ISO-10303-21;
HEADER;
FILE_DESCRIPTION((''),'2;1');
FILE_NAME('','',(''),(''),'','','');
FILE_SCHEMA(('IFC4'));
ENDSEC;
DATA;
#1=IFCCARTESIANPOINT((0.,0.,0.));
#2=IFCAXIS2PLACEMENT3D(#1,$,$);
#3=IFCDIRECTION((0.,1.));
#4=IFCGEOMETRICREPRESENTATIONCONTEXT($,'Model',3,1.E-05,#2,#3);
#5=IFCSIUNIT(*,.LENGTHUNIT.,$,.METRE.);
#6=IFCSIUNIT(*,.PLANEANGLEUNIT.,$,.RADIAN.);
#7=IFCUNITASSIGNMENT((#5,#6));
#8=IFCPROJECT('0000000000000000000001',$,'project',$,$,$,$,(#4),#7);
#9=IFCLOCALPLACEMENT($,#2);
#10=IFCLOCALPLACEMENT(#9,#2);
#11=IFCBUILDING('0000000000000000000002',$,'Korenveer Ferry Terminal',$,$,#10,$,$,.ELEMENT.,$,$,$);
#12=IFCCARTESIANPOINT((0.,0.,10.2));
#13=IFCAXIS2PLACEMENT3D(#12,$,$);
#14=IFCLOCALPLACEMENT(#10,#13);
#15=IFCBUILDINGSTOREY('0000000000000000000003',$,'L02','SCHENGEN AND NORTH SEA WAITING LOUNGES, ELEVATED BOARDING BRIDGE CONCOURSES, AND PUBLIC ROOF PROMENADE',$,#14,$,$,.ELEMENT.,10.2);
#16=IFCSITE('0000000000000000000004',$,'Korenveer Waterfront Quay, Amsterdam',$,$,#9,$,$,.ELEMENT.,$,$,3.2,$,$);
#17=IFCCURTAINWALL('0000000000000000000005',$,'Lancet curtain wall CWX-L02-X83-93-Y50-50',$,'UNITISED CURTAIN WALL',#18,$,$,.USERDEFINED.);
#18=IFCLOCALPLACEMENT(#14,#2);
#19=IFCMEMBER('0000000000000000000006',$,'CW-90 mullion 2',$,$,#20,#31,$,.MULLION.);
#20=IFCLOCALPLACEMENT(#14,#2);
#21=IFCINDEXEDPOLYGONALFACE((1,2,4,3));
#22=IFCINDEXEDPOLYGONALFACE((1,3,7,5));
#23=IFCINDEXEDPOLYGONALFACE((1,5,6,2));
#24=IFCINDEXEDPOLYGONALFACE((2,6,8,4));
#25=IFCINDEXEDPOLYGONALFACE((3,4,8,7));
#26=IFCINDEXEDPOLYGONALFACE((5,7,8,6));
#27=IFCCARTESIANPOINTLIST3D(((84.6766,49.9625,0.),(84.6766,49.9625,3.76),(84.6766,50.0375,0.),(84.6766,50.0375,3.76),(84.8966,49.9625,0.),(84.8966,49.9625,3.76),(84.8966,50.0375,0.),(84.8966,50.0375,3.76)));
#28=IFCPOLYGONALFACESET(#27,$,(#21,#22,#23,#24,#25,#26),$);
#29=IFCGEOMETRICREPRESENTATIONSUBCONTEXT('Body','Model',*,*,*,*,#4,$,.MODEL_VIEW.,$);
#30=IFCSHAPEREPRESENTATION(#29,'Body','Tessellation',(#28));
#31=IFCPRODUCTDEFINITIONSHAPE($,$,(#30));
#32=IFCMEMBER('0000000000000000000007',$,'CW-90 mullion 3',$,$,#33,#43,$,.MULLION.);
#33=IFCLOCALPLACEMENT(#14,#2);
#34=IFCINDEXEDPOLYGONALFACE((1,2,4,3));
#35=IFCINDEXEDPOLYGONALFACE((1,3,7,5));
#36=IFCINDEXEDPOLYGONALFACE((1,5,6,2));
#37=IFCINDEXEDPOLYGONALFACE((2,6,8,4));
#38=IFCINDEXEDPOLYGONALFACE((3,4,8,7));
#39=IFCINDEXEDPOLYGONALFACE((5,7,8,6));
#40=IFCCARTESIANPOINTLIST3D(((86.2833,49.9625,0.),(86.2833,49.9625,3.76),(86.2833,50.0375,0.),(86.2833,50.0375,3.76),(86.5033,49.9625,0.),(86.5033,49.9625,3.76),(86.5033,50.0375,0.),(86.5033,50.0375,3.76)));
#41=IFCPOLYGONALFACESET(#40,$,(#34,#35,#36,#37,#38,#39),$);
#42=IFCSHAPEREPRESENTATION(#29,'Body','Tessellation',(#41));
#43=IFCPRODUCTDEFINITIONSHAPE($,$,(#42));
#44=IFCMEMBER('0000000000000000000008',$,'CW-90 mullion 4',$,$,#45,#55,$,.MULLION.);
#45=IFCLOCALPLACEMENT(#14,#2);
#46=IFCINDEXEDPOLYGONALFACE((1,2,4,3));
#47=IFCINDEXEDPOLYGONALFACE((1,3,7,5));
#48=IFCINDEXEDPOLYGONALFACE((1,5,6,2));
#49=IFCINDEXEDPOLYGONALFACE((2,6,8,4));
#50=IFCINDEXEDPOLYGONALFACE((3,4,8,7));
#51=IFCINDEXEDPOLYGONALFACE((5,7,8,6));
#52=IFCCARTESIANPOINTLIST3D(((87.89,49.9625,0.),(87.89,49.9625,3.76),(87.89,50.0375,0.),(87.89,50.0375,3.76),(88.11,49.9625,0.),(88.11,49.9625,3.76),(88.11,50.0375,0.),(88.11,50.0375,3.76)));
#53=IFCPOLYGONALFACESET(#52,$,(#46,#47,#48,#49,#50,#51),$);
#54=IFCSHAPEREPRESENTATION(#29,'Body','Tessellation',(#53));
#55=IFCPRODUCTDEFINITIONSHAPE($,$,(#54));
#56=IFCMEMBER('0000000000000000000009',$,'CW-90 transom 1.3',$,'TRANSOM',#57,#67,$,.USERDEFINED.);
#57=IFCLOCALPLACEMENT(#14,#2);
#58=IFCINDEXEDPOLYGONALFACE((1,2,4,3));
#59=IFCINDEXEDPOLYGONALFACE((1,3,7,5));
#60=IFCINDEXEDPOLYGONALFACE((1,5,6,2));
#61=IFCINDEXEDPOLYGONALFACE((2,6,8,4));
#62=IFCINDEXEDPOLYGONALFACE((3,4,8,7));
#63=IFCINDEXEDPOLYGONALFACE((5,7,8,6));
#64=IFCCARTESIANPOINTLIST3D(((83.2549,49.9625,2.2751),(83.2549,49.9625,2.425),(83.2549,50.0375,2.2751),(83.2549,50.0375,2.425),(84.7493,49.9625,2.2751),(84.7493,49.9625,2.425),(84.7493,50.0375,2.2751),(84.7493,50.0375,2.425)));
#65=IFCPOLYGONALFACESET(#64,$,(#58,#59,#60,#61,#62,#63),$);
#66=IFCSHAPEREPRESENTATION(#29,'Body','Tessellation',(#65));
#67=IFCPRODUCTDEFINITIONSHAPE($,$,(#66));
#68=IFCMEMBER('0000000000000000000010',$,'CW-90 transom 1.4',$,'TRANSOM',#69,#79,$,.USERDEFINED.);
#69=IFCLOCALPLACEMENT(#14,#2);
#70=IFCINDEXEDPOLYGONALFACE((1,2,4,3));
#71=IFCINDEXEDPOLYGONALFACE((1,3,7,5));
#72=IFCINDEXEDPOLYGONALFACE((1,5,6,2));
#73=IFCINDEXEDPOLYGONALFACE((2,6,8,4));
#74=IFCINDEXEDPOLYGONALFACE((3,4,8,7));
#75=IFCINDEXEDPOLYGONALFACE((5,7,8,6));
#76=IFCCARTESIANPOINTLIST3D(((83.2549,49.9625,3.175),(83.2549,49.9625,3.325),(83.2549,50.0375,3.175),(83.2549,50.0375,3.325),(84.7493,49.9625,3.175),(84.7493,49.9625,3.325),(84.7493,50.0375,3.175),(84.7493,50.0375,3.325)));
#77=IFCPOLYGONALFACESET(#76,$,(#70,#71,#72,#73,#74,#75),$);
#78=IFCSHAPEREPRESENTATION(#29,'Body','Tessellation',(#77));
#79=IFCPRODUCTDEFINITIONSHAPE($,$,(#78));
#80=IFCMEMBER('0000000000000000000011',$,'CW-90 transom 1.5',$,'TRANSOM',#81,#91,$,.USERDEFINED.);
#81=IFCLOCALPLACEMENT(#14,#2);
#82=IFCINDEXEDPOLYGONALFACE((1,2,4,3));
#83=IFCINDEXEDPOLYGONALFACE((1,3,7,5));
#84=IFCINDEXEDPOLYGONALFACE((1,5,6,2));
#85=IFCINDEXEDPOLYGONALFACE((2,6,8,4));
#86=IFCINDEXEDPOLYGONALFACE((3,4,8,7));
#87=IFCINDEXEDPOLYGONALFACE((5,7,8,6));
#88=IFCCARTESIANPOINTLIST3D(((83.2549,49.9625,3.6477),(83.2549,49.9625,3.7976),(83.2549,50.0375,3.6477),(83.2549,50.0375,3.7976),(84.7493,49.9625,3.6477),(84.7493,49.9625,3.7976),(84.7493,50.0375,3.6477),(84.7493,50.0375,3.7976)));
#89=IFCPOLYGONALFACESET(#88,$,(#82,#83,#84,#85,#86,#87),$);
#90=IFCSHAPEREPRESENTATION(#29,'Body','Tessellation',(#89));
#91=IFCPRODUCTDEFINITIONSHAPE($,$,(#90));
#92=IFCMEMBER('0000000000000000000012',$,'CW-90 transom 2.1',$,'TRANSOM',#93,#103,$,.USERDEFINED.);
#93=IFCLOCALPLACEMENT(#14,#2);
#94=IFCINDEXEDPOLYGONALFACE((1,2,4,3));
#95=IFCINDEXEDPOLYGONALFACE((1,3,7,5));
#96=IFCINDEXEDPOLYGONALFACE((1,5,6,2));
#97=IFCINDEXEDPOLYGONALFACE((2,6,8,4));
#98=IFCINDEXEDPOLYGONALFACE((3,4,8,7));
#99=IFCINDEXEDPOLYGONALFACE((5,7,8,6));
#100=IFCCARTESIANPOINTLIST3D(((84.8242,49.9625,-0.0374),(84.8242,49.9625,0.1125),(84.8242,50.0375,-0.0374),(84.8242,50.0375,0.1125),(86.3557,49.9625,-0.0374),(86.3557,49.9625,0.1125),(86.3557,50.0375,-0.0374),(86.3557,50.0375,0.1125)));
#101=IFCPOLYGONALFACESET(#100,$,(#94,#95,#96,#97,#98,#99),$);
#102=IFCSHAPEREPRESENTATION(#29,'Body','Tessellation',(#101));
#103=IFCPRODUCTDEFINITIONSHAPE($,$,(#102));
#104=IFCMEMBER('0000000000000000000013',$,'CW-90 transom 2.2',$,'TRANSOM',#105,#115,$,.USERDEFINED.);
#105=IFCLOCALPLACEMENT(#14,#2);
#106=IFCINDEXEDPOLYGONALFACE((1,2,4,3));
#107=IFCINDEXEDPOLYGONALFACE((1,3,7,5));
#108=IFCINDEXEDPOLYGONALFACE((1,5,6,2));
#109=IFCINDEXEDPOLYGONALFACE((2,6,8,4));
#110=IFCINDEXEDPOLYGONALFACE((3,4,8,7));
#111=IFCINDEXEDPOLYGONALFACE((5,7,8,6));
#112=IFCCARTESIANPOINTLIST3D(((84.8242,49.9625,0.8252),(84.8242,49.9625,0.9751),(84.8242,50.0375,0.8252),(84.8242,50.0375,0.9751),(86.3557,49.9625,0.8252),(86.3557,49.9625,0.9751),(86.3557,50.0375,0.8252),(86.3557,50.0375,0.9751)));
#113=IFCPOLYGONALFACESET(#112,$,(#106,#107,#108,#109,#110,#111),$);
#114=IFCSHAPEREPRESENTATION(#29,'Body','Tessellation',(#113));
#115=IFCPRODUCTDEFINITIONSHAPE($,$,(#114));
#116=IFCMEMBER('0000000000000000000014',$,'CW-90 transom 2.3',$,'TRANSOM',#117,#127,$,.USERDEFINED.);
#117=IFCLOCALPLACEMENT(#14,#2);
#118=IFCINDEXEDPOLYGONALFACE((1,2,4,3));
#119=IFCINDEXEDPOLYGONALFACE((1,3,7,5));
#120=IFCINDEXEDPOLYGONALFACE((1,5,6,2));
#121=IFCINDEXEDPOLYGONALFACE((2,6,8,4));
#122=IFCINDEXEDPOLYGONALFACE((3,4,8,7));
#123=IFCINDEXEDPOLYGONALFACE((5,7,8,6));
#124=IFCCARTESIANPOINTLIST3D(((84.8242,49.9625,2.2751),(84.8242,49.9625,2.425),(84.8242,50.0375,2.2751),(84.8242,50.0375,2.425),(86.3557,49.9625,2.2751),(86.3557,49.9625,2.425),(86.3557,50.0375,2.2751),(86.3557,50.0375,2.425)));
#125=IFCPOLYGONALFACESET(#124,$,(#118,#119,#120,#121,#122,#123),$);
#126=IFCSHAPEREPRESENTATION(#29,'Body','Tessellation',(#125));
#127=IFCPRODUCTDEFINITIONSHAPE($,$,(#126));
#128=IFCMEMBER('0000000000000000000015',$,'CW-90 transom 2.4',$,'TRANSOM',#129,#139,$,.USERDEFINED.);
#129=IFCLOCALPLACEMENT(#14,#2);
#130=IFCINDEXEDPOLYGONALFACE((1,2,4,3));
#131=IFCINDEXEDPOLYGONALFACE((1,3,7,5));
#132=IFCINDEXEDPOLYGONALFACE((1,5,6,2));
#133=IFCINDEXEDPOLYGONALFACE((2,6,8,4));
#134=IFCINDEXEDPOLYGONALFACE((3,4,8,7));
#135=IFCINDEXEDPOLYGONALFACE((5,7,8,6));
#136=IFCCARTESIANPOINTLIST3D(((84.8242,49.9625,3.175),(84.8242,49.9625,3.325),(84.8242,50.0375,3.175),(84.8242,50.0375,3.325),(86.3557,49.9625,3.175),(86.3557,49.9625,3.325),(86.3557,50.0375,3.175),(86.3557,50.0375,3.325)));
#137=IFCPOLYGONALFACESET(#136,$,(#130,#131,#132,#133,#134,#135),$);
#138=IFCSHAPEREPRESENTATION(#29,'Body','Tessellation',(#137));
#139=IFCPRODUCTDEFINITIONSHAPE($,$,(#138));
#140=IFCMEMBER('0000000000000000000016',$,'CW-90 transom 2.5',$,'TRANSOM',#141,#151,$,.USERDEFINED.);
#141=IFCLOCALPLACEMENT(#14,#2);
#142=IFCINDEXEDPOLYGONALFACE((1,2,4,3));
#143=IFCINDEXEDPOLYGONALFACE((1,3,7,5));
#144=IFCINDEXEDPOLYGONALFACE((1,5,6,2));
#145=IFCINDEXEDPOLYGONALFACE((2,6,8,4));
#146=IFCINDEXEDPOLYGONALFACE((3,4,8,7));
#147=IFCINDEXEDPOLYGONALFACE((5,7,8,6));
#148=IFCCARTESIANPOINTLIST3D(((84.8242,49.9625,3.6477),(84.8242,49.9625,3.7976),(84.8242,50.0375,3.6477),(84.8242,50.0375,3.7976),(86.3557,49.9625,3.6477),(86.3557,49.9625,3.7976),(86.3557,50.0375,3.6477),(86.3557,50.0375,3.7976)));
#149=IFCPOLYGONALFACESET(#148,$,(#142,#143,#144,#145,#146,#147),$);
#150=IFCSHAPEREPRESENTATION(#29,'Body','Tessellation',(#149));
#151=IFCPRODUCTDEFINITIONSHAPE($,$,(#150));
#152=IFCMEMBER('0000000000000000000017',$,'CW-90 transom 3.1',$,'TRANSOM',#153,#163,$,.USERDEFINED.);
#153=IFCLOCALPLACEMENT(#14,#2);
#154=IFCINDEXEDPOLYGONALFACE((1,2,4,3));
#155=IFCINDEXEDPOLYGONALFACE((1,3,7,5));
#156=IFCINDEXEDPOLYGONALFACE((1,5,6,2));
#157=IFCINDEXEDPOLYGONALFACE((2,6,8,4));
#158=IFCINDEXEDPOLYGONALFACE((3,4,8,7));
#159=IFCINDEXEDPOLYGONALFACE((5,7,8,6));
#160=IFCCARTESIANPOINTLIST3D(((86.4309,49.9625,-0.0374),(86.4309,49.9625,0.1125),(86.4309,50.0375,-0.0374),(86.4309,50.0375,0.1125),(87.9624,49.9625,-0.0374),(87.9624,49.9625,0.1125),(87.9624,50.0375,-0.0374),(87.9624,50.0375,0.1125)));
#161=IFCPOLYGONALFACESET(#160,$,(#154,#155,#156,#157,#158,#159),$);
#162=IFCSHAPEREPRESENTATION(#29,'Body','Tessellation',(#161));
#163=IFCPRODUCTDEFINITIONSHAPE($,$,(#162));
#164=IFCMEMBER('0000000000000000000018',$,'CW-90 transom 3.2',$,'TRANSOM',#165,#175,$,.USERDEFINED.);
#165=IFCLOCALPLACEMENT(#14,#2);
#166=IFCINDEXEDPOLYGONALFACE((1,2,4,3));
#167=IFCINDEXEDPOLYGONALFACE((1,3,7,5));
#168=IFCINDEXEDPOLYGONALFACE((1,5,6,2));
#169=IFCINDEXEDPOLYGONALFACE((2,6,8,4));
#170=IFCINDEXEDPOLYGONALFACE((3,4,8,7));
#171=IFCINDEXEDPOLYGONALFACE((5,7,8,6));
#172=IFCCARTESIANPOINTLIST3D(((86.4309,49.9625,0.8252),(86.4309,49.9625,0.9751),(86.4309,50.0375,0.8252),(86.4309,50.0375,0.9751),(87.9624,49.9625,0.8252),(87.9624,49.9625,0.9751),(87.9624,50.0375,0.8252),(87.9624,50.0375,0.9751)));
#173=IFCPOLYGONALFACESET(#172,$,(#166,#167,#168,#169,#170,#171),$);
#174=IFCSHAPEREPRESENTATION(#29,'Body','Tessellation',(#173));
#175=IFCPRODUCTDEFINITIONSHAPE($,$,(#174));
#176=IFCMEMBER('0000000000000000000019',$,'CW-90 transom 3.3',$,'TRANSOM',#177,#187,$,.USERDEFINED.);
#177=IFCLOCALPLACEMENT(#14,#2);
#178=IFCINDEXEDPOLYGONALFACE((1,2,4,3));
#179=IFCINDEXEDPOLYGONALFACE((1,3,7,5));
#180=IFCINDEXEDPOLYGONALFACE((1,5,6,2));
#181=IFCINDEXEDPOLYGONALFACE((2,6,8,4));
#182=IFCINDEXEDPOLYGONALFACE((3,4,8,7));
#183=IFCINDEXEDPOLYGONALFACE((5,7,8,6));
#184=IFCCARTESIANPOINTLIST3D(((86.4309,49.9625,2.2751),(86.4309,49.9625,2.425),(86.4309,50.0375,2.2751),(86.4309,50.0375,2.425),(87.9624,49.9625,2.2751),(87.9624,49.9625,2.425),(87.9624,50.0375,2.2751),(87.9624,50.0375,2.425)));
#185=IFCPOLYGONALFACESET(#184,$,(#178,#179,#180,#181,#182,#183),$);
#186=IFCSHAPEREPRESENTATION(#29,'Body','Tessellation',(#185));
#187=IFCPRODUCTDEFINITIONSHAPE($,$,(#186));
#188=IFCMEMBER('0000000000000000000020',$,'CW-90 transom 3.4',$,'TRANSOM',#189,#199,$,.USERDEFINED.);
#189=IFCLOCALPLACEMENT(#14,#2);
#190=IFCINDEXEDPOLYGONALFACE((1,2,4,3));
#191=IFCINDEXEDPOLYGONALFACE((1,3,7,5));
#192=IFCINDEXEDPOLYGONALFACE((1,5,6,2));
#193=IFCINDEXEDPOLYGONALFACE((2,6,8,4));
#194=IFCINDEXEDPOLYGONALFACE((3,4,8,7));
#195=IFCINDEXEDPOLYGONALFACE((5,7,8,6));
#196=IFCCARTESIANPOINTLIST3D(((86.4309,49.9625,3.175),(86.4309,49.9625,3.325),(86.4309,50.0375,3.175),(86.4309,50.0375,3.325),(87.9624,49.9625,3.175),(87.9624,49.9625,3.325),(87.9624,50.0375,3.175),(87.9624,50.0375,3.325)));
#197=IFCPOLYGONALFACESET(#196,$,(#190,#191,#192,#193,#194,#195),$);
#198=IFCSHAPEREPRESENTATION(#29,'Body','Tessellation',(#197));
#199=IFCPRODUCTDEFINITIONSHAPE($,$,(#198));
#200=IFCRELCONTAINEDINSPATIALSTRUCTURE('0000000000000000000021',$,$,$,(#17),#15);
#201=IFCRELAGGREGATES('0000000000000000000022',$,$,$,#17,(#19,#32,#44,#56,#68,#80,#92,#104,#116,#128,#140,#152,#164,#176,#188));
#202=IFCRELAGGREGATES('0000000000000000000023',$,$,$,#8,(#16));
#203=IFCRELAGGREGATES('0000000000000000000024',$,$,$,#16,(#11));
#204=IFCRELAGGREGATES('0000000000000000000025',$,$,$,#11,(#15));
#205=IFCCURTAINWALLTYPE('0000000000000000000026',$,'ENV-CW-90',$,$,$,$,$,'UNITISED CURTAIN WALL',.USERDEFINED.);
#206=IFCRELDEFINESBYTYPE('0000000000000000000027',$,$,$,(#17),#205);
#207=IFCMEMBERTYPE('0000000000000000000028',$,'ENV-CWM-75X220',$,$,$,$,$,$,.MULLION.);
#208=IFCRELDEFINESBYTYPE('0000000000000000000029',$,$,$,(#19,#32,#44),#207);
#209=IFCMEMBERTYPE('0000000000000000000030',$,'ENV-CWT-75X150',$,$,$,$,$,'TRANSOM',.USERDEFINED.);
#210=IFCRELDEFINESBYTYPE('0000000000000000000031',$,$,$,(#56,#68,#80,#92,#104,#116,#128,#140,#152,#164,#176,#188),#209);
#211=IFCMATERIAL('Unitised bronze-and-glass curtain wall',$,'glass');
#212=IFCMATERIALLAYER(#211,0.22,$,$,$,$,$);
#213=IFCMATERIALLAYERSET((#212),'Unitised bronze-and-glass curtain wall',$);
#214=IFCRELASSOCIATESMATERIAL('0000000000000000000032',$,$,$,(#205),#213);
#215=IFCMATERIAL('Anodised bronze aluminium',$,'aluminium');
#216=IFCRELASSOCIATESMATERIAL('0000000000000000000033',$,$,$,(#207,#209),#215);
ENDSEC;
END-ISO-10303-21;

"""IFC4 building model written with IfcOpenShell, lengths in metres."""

from ifc_helpers import new_model, si_unit, direction, frame, origin, origin_2d, place, context, subcontext, project, spatial, rectangle, extrude, material, layer, layer_set, material_profile, profile_set, type_object, element, aggregate, save


model = new_model("IFC4")

# Units and contexts
model_context = context("Model", 3, precision=1e-05, world=origin(), true_north=direction((0.0, 1.0)))
body_context = subcontext(model_context, "Body", "Model", "MODEL_VIEW")
ifc_project = project(units=[si_unit("LENGTHUNIT", "METRE"), si_unit("PLANEANGLEUNIT", "RADIAN")], contexts=[model_context])

# Site, building, storey
site_placement = place(None, origin())
site = spatial("IfcSite", under=ifc_project, at=site_placement, Name="Korenveer Waterfront Quay, Amsterdam", CompositionType="ELEMENT", RefElevation=3.2)
building_placement = place(site_placement, origin())
building = spatial("IfcBuilding", under=site, at=building_placement, Name="Korenveer Ferry Terminal", CompositionType="ELEMENT")
storey_placement = place(building_placement, frame((0.0, 0.0, 10.2)))
storey = spatial("IfcBuildingStorey", under=building, at=storey_placement, Name="L02", Description="SCHENGEN AND NORTH SEA WAITING LOUNGES, ELEVATED BOARDING BRIDGE CONCOURSES, AND PUBLIC ROOF PROMENADE", CompositionType="ELEMENT", Elevation=10.2)

# Curtain wall, members
ifc_material_1 = material(Name="Unitised bronze-and-glass curtain wall", Category="glass")
ifc_layer_1 = layer(ifc_material_1, 0.22)
ifc_layer_set_1 = layer_set([ifc_layer_1], Name="Unitised bronze-and-glass curtain wall")
curtain_wall_type = type_object("IfcCurtainWallType", Name="ENV-CW-90", ElementType="UNITISED CURTAIN WALL", PredefinedType="USERDEFINED", material=ifc_layer_set_1)
curtain_wall_placement = place(storey_placement, frame((83.1799, 50.0, 0.0)))
curtain_wall = element("IfcCurtainWall", 1, at=curtain_wall_placement, inside=storey, type_object=curtain_wall_type, Name="Lancet curtain wall CWX-L02-X83-93-Y50-50", ObjectType="UNITISED CURTAIN WALL", PredefinedType="USERDEFINED")
ifc_material_2 = material(Name="Anodised bronze aluminium", Category="aluminium")
ifc_material_profile_1 = material_profile(ifc_material_2, rectangle(XDim=0.075, YDim=0.22, at=origin_2d()), Name="ALU 75x220")
ifc_profile_set_1 = profile_set([ifc_material_profile_1], Name="Anodised bronze aluminium")
member_type_1 = type_object("IfcMemberType", Name="ENV-CWM-75X220", PredefinedType="MULLION", material=ifc_profile_set_1)
member_1_placement = place(storey_placement, frame((84.7866, 50.0, 0.0), z_axis=(0.0, 0.0, 1.0), x_axis=(0.0, 1.0, 0.0)))
member_1 = element("IfcMember", 2, at=member_1_placement, type_object=member_type_1, Name="CW-90 mullion 2", PredefinedType="MULLION", context=body_context, shape_type="SweptSolid", body=[
    extrude(rectangle(XDim=0.075, YDim=0.22, at=origin_2d()), origin(), (0.0, 0.0, 1.0), 3.76),
])
member_2_placement = place(storey_placement, frame((86.3933, 50.0, 0.0), z_axis=(0.0, 0.0, 1.0), x_axis=(0.0, 1.0, 0.0)))
member_2 = element("IfcMember", 3, at=member_2_placement, type_object=member_type_1, Name="CW-90 mullion 3", PredefinedType="MULLION", context=body_context, shape_type="SweptSolid", body=[
    extrude(rectangle(XDim=0.075, YDim=0.22, at=origin_2d()), origin(), (0.0, 0.0, 1.0), 3.76),
])
member_3_placement = place(storey_placement, frame((88.0, 50.0, 0.0), z_axis=(0.0, 0.0, 1.0), x_axis=(0.0, 1.0, 0.0)))
member_3 = element("IfcMember", 4, at=member_3_placement, type_object=member_type_1, Name="CW-90 mullion 4", PredefinedType="MULLION", context=body_context, shape_type="SweptSolid", body=[
    extrude(rectangle(XDim=0.075, YDim=0.22, at=origin_2d()), origin(), (0.0, 0.0, 1.0), 3.76),
])
ifc_material_profile_2 = material_profile(ifc_material_2, rectangle(XDim=0.075, YDim=0.1499, at=origin_2d()), Name="ALU 75x150")
ifc_profile_set_2 = profile_set([ifc_material_profile_2], Name="Anodised bronze aluminium")
member_type_2 = type_object("IfcMemberType", Name="ENV-CWT-75X150", ElementType="TRANSOM", PredefinedType="USERDEFINED", material=ifc_profile_set_2)
member_4_placement = place(storey_placement, frame((83.2549, 50.0, 2.3501), z_axis=(1.0, 0.0, 0.0), x_axis=(0.0, 1.0, 0.0)))
member_4 = element("IfcMember", 5, at=member_4_placement, type_object=member_type_2, Name="CW-90 transom 1.3", ObjectType="TRANSOM", PredefinedType="USERDEFINED", context=body_context, shape_type="SweptSolid", body=[
    extrude(rectangle(XDim=0.075, YDim=0.1499, at=origin_2d()), origin(), (0.0, 0.0, 1.0), 1.4944),
])
member_5_placement = place(storey_placement, frame((83.2549, 50.0, 3.25), z_axis=(1.0, 0.0, 0.0), x_axis=(0.0, 1.0, 0.0)))
member_5 = element("IfcMember", 6, at=member_5_placement, type_object=member_type_2, Name="CW-90 transom 1.4", ObjectType="TRANSOM", PredefinedType="USERDEFINED", context=body_context, shape_type="SweptSolid", body=[
    extrude(rectangle(XDim=0.075, YDim=0.1499, at=origin_2d()), origin(), (0.0, 0.0, 1.0), 1.4944),
])
member_6_placement = place(storey_placement, frame((83.2549, 50.0, 3.7227), z_axis=(1.0, 0.0, 0.0), x_axis=(0.0, 1.0, 0.0)))
member_6 = element("IfcMember", 7, at=member_6_placement, type_object=member_type_2, Name="CW-90 transom 1.5", ObjectType="TRANSOM", PredefinedType="USERDEFINED", context=body_context, shape_type="SweptSolid", body=[
    extrude(rectangle(XDim=0.075, YDim=0.1499, at=origin_2d()), origin(), (0.0, 0.0, 1.0), 1.4944),
])
member_7_placement = place(storey_placement, frame((84.8242, 50.0, 0.0376), z_axis=(1.0, 0.0, 0.0), x_axis=(0.0, 1.0, 0.0)))
member_7 = element("IfcMember", 8, at=member_7_placement, type_object=member_type_2, Name="CW-90 transom 2.1", ObjectType="TRANSOM", PredefinedType="USERDEFINED", context=body_context, shape_type="SweptSolid", body=[
    extrude(rectangle(XDim=0.075, YDim=0.1499, at=origin_2d()), origin(), (0.0, 0.0, 1.0), 1.5315),
])
member_8_placement = place(storey_placement, frame((84.8242, 50.0, 0.9001), z_axis=(1.0, 0.0, 0.0), x_axis=(0.0, 1.0, 0.0)))
member_8 = element("IfcMember", 9, at=member_8_placement, type_object=member_type_2, Name="CW-90 transom 2.2", ObjectType="TRANSOM", PredefinedType="USERDEFINED", context=body_context, shape_type="SweptSolid", body=[
    extrude(rectangle(XDim=0.075, YDim=0.1499, at=origin_2d()), origin(), (0.0, 0.0, 1.0), 1.5315),
])
member_9_placement = place(storey_placement, frame((84.8242, 50.0, 2.3501), z_axis=(1.0, 0.0, 0.0), x_axis=(0.0, 1.0, 0.0)))
member_9 = element("IfcMember", 10, at=member_9_placement, type_object=member_type_2, Name="CW-90 transom 2.3", ObjectType="TRANSOM", PredefinedType="USERDEFINED", context=body_context, shape_type="SweptSolid", body=[
    extrude(rectangle(XDim=0.075, YDim=0.1499, at=origin_2d()), origin(), (0.0, 0.0, 1.0), 1.5315),
])
member_10_placement = place(storey_placement, frame((84.8242, 50.0, 3.25), z_axis=(1.0, 0.0, 0.0), x_axis=(0.0, 1.0, 0.0)))
member_10 = element("IfcMember", 11, at=member_10_placement, type_object=member_type_2, Name="CW-90 transom 2.4", ObjectType="TRANSOM", PredefinedType="USERDEFINED", context=body_context, shape_type="SweptSolid", body=[
    extrude(rectangle(XDim=0.075, YDim=0.1499, at=origin_2d()), origin(), (0.0, 0.0, 1.0), 1.5315),
])
member_11_placement = place(storey_placement, frame((84.8242, 50.0, 3.7227), z_axis=(1.0, 0.0, 0.0), x_axis=(0.0, 1.0, 0.0)))
member_11 = element("IfcMember", 12, at=member_11_placement, type_object=member_type_2, Name="CW-90 transom 2.5", ObjectType="TRANSOM", PredefinedType="USERDEFINED", context=body_context, shape_type="SweptSolid", body=[
    extrude(rectangle(XDim=0.075, YDim=0.1499, at=origin_2d()), origin(), (0.0, 0.0, 1.0), 1.5315),
])
member_12_placement = place(storey_placement, frame((86.4309, 50.0, 0.0376), z_axis=(1.0, 0.0, 0.0), x_axis=(0.0, 1.0, 0.0)))
member_12 = element("IfcMember", 13, at=member_12_placement, type_object=member_type_2, Name="CW-90 transom 3.1", ObjectType="TRANSOM", PredefinedType="USERDEFINED", context=body_context, shape_type="SweptSolid", body=[
    extrude(rectangle(XDim=0.075, YDim=0.1499, at=origin_2d()), origin(), (0.0, 0.0, 1.0), 1.5315),
])
member_13_placement = place(storey_placement, frame((86.4309, 50.0, 0.9001), z_axis=(1.0, 0.0, 0.0), x_axis=(0.0, 1.0, 0.0)))
member_13 = element("IfcMember", 14, at=member_13_placement, type_object=member_type_2, Name="CW-90 transom 3.2", ObjectType="TRANSOM", PredefinedType="USERDEFINED", context=body_context, shape_type="SweptSolid", body=[
    extrude(rectangle(XDim=0.075, YDim=0.1499, at=origin_2d()), origin(), (0.0, 0.0, 1.0), 1.5315),
])
member_14_placement = place(storey_placement, frame((86.4309, 50.0, 2.3501), z_axis=(1.0, 0.0, 0.0), x_axis=(0.0, 1.0, 0.0)))
member_14 = element("IfcMember", 15, at=member_14_placement, type_object=member_type_2, Name="CW-90 transom 3.3", ObjectType="TRANSOM", PredefinedType="USERDEFINED", context=body_context, shape_type="SweptSolid", body=[
    extrude(rectangle(XDim=0.075, YDim=0.1499, at=origin_2d()), origin(), (0.0, 0.0, 1.0), 1.5315),
])
member_15_placement = place(storey_placement, frame((86.4309, 50.0, 3.25), z_axis=(1.0, 0.0, 0.0), x_axis=(0.0, 1.0, 0.0)))
member_15 = element("IfcMember", 16, at=member_15_placement, type_object=member_type_2, Name="CW-90 transom 3.4", ObjectType="TRANSOM", PredefinedType="USERDEFINED", context=body_context, shape_type="SweptSolid", body=[
    extrude(rectangle(XDim=0.075, YDim=0.1499, at=origin_2d()), origin(), (0.0, 0.0, 1.0), 1.5315),
])
aggregate(curtain_wall, [member_1, member_2, member_3, member_4, member_5, member_6, member_7, member_8, member_9, member_10, member_11, member_12, member_13, member_14, member_15])

save(model, "model.ifc")
